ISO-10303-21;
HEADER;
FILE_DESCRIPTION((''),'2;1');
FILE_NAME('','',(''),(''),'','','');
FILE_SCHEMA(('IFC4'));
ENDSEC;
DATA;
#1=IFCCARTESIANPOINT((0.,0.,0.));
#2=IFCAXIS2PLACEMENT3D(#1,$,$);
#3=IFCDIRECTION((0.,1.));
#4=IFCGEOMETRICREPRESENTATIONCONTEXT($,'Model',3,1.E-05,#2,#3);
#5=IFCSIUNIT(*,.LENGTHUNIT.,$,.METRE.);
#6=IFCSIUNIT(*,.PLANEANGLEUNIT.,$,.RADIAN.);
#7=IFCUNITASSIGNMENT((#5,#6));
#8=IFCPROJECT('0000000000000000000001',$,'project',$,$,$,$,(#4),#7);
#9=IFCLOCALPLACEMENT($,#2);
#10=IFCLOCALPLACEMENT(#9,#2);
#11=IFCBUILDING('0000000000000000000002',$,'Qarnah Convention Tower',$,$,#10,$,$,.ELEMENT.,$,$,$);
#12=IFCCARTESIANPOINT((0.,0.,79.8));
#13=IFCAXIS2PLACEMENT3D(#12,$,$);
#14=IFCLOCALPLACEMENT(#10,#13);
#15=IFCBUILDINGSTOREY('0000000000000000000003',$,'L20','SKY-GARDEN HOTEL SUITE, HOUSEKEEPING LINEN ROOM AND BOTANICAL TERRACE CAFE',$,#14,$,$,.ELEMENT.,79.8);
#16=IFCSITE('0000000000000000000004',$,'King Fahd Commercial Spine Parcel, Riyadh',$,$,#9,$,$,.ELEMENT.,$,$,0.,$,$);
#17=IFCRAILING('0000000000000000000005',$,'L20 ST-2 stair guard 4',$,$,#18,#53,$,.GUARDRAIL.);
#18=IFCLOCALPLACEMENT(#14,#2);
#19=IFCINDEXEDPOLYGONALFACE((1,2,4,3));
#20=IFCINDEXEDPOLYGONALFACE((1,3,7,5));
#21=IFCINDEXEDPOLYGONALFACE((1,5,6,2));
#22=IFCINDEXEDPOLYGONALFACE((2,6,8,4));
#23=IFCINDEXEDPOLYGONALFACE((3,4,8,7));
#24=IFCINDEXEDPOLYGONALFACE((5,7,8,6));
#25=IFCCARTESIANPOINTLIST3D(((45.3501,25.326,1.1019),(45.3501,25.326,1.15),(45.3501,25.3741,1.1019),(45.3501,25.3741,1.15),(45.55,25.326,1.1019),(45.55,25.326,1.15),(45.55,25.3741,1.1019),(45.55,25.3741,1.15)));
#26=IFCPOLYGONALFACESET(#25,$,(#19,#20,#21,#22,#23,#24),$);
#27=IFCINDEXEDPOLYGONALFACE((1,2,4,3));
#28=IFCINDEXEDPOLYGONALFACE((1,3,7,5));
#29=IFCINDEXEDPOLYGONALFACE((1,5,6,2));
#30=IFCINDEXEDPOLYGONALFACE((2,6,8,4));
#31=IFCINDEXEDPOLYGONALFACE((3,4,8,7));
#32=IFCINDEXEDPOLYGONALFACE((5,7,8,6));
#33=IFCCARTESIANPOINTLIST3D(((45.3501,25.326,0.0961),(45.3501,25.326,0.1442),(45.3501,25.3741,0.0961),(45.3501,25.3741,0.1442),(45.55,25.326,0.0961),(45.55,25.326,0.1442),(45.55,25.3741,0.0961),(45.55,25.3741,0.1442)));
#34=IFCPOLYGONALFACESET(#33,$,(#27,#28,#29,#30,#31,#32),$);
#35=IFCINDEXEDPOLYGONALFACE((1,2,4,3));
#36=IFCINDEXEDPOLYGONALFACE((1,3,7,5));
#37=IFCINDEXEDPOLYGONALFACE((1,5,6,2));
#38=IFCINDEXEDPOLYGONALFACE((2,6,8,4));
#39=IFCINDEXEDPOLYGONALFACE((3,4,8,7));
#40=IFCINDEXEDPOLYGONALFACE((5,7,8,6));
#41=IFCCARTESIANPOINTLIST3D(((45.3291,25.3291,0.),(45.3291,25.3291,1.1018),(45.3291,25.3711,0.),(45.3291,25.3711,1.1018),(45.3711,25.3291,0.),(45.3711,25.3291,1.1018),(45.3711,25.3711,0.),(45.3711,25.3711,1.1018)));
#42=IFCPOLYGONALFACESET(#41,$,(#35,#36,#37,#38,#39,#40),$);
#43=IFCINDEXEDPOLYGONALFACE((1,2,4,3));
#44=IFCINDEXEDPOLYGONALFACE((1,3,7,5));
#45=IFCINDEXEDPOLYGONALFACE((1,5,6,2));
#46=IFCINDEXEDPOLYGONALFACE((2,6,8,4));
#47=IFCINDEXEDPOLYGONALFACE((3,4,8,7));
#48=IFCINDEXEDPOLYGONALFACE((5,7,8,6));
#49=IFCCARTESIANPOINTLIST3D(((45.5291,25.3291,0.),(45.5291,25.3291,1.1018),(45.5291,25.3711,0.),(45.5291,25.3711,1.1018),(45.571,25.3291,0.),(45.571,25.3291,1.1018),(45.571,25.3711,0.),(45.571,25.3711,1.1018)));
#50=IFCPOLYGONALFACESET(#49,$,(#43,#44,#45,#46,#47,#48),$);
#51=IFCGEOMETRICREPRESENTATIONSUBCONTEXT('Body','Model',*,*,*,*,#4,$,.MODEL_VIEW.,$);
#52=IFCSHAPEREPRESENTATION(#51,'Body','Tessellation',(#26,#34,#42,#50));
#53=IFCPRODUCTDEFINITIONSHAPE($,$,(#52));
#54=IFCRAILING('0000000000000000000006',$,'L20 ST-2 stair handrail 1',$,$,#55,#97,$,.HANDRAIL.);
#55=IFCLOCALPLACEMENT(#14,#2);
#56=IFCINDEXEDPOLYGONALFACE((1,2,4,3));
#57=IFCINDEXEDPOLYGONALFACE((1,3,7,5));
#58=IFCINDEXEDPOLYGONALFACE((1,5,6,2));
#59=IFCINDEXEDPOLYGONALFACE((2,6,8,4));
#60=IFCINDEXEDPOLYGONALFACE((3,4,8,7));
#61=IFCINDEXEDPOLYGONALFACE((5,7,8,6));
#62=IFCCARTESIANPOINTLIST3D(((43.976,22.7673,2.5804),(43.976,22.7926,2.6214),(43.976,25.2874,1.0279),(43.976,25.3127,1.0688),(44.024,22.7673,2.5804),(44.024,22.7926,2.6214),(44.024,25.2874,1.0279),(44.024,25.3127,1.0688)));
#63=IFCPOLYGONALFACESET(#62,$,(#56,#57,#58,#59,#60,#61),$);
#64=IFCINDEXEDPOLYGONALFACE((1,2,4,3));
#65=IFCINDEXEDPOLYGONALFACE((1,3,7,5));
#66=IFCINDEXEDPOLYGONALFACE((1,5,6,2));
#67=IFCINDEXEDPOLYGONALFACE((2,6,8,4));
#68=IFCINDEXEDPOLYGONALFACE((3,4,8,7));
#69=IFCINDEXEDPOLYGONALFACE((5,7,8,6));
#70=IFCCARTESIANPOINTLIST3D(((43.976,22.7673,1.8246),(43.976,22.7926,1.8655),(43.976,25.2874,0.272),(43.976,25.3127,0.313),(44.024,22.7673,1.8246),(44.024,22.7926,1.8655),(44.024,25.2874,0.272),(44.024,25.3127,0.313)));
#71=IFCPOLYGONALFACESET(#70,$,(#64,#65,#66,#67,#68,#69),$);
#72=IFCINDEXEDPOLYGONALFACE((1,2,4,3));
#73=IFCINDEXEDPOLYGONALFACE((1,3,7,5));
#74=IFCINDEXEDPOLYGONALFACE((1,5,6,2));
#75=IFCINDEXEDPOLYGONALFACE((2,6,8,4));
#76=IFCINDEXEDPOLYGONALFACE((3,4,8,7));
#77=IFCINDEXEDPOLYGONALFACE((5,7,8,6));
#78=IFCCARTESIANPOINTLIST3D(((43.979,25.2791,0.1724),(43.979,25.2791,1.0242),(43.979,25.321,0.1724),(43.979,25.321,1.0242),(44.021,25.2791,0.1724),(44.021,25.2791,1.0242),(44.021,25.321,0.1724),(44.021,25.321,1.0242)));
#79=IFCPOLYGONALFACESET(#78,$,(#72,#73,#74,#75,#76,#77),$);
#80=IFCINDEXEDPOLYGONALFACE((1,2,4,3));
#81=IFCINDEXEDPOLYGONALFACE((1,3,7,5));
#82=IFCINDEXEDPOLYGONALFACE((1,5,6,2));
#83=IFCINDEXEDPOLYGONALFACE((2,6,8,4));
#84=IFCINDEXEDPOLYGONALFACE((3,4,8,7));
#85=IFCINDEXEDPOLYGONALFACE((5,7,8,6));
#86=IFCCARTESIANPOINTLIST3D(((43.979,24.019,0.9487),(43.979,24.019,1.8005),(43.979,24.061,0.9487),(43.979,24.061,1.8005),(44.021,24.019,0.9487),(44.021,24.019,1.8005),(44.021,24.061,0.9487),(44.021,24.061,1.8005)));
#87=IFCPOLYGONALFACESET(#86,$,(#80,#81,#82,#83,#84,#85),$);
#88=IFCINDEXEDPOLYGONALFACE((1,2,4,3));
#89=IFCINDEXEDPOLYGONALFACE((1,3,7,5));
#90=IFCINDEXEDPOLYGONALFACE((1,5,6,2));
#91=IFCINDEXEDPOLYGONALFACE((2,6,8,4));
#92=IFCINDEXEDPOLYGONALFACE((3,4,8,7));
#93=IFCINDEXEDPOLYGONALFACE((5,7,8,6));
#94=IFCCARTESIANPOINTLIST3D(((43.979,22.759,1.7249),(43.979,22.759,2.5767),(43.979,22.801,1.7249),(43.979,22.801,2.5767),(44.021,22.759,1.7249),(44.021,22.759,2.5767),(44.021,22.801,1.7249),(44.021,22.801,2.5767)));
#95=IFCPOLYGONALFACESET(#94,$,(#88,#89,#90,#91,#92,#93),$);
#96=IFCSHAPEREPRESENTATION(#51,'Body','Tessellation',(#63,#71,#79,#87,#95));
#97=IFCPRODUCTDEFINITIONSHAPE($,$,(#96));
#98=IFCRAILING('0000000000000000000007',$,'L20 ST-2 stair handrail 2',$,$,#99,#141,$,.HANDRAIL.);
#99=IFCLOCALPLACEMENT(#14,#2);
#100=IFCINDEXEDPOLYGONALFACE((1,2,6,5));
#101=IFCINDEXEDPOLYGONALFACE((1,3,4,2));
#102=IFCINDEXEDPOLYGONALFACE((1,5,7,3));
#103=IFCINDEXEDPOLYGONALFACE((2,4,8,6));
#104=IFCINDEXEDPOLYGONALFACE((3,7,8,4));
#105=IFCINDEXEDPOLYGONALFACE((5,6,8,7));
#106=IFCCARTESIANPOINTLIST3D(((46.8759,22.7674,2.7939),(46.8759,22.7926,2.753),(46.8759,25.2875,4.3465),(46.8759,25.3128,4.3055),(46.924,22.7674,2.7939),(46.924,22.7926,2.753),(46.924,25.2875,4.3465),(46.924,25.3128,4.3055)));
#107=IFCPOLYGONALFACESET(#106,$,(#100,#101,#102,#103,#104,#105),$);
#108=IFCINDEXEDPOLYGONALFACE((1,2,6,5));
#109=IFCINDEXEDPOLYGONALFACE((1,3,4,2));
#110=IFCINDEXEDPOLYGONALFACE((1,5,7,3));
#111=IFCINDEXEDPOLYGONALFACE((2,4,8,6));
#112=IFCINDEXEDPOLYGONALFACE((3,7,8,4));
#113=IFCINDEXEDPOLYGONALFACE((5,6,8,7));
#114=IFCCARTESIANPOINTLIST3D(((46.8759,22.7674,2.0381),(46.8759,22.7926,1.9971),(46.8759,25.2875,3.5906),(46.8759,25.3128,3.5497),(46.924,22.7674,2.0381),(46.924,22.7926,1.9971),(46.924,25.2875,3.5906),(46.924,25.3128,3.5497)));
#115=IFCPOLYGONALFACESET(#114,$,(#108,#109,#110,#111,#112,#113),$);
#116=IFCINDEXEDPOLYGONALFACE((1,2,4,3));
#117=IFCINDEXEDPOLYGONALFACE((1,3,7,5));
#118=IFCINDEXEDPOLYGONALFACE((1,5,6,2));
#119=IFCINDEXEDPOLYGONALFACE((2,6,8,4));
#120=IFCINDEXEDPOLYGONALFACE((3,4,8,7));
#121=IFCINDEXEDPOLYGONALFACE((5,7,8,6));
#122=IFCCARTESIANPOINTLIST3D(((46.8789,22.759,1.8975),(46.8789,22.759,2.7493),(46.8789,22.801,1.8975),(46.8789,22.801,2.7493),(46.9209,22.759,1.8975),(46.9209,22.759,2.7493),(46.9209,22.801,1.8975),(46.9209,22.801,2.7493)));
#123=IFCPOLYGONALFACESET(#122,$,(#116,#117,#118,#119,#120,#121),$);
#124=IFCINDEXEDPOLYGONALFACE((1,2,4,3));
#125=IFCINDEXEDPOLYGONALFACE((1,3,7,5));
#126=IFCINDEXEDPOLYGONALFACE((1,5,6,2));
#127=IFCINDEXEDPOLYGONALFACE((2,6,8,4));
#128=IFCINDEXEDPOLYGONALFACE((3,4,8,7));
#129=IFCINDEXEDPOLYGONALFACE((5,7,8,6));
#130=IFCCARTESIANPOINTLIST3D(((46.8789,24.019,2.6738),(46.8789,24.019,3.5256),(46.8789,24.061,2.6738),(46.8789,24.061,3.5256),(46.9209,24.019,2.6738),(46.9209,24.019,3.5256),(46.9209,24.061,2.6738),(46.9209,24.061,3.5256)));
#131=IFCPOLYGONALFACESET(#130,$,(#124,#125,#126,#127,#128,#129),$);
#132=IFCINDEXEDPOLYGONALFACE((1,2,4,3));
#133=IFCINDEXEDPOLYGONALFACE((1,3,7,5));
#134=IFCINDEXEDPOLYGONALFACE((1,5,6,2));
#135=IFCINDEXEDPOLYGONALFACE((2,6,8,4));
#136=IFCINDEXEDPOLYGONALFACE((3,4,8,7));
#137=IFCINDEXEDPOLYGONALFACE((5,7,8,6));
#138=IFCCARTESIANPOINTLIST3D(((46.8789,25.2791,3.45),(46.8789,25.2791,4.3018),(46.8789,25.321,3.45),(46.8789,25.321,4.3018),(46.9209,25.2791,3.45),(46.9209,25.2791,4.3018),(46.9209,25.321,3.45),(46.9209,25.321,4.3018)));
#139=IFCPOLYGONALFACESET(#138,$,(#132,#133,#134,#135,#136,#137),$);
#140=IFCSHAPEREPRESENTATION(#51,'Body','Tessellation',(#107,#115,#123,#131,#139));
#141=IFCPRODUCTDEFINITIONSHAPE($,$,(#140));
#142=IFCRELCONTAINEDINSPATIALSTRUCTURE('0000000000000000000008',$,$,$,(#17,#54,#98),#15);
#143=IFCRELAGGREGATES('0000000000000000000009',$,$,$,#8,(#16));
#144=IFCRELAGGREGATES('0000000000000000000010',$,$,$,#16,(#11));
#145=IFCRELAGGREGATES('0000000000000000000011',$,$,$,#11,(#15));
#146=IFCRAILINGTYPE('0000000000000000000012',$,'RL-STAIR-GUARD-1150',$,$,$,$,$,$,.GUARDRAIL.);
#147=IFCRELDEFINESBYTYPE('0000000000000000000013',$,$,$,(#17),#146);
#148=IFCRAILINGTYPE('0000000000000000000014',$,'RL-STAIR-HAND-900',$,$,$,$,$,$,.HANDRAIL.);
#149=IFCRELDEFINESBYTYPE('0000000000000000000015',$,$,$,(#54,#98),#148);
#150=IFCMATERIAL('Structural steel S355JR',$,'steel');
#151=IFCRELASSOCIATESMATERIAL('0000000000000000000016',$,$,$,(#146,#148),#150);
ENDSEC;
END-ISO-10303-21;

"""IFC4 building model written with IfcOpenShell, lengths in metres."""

from ifc_helpers import new_model, si_unit, direction, frame, origin, origin_2d, place, context, subcontext, project, spatial, rectangle, extrude, material, type_object, element, save


model = new_model("IFC4")

# Units and contexts
model_context = context("Model", 3, precision=1e-05, world=origin(), true_north=direction((0.0, 1.0)))
body_context = subcontext(model_context, "Body", "Model", "MODEL_VIEW")
ifc_project = project(units=[si_unit("LENGTHUNIT", "METRE"), si_unit("PLANEANGLEUNIT", "RADIAN")], contexts=[model_context])

# Site, building, storey
site_placement = place(None, origin())
site = spatial("IfcSite", under=ifc_project, at=site_placement, Name="King Fahd Commercial Spine Parcel, Riyadh", CompositionType="ELEMENT", RefElevation=0.0)
building_placement = place(site_placement, origin())
building = spatial("IfcBuilding", under=site, at=building_placement, Name="Qarnah Convention Tower", CompositionType="ELEMENT")
storey_placement = place(building_placement, frame((0.0, 0.0, 79.8)))
storey = spatial("IfcBuildingStorey", under=building, at=storey_placement, Name="L20", Description="SKY-GARDEN HOTEL SUITE, HOUSEKEEPING LINEN ROOM AND BOTANICAL TERRACE CAFE", CompositionType="ELEMENT", Elevation=79.8)

# Shared definitions
ifc_material_1 = material(Name="Structural steel S355JR", Category="steel")

# Railings
railing_type_1 = type_object("IfcRailingType", Name="RL-STAIR-GUARD-1150", PredefinedType="GUARDRAIL", material=ifc_material_1)
railing_1_placement = place(storey_placement, frame((45.3501, 25.3501, 0.0)))
element("IfcRailing", 1, at=railing_1_placement, inside=storey, type_object=railing_type_1, Name="L20 ST-2 stair guard 4", PredefinedType="GUARDRAIL", context=body_context, shape_type="SweptSolid", body=[
    extrude(rectangle(XDim=0.0481, YDim=0.0481, at=origin_2d()), frame((0.0, 0.0, 1.126), z_axis=(1.0, 0.0, 0.0), x_axis=(0.0, 1.0, 0.0)), (0.0, 0.0, 1.0), 0.2),
    extrude(rectangle(XDim=0.0481, YDim=0.0481, at=origin_2d()), frame((0.0, 0.0, 0.1201), z_axis=(1.0, 0.0, 0.0), x_axis=(0.0, 1.0, 0.0)), (0.0, 0.0, 1.0), 0.2),
    extrude(rectangle(XDim=0.042, YDim=0.042, at=origin_2d()), origin(), (0.0, 0.0, 1.0), 1.1018),
    extrude(rectangle(XDim=0.042, YDim=0.042, at=origin_2d()), frame((0.2, 0.0, 0.0)), (0.0, 0.0, 1.0), 1.1018),
])
railing_type_2 = type_object("IfcRailingType", Name="RL-STAIR-HAND-900", PredefinedType="HANDRAIL", material=ifc_material_1)
railing_2_placement = place(storey_placement, frame((44.0, 25.3, 0.1724)))
element("IfcRailing", 2, at=railing_2_placement, inside=storey, type_object=railing_type_2, Name="L20 ST-2 stair handrail 1", PredefinedType="HANDRAIL", context=body_context, shape_type="SweptSolid", body=[
    extrude(rectangle(XDim=0.0481, YDim=0.0481, at=origin_2d()), frame((0.0, 0.0, 0.876), z_axis=(0.0, -0.8514, 0.524516), x_axis=(1.0, 0.0, 0.0)), (0.0, 0.0, 1.0), 2.96),
    extrude(rectangle(XDim=0.0481, YDim=0.0481, at=origin_2d()), frame((0.0, 0.0, 0.1201), z_axis=(0.0, -0.8514, 0.524516), x_axis=(1.0, 0.0, 0.0)), (0.0, 0.0, 1.0), 2.96),
    extrude(rectangle(XDim=0.042, YDim=0.042, at=origin_2d()), origin(), (0.0, 0.0, 1.0), 0.8518),
    extrude(rectangle(XDim=0.042, YDim=0.042, at=origin_2d()), frame((0.0, -1.26, 0.7764)), (0.0, 0.0, 1.0), 0.8518),
    extrude(rectangle(XDim=0.042, YDim=0.042, at=origin_2d()), frame((0.0, -2.52, 1.5525)), (0.0, 0.0, 1.0), 0.8518),
])
railing_3_placement = place(storey_placement, frame((46.8999, 22.78, 1.8975)))
element("IfcRailing", 3, at=railing_3_placement, inside=storey, type_object=railing_type_2, Name="L20 ST-2 stair handrail 2", PredefinedType="HANDRAIL", context=body_context, shape_type="SweptSolid", body=[
    extrude(rectangle(XDim=0.0481, YDim=0.0481, at=origin_2d()), frame((0.0, 0.0, 0.876), z_axis=(0.0, 0.8514, 0.524516), x_axis=(-1.0, 0.0, 0.0)), (0.0, 0.0, 1.0), 2.96),
    extrude(rectangle(XDim=0.0481, YDim=0.0481, at=origin_2d()), frame((0.0, 0.0, 0.1201), z_axis=(0.0, 0.8514, 0.524516), x_axis=(-1.0, 0.0, 0.0)), (0.0, 0.0, 1.0), 2.96),
    extrude(rectangle(XDim=0.042, YDim=0.042, at=origin_2d()), origin(), (0.0, 0.0, 1.0), 0.8518),
    extrude(rectangle(XDim=0.042, YDim=0.042, at=origin_2d()), frame((0.0, 1.26, 0.7764)), (0.0, 0.0, 1.0), 0.8518),
    extrude(rectangle(XDim=0.042, YDim=0.042, at=origin_2d()), frame((0.0, 2.52, 1.5525)), (0.0, 0.0, 1.0), 0.8518),
])

save(model, "model.ifc")
